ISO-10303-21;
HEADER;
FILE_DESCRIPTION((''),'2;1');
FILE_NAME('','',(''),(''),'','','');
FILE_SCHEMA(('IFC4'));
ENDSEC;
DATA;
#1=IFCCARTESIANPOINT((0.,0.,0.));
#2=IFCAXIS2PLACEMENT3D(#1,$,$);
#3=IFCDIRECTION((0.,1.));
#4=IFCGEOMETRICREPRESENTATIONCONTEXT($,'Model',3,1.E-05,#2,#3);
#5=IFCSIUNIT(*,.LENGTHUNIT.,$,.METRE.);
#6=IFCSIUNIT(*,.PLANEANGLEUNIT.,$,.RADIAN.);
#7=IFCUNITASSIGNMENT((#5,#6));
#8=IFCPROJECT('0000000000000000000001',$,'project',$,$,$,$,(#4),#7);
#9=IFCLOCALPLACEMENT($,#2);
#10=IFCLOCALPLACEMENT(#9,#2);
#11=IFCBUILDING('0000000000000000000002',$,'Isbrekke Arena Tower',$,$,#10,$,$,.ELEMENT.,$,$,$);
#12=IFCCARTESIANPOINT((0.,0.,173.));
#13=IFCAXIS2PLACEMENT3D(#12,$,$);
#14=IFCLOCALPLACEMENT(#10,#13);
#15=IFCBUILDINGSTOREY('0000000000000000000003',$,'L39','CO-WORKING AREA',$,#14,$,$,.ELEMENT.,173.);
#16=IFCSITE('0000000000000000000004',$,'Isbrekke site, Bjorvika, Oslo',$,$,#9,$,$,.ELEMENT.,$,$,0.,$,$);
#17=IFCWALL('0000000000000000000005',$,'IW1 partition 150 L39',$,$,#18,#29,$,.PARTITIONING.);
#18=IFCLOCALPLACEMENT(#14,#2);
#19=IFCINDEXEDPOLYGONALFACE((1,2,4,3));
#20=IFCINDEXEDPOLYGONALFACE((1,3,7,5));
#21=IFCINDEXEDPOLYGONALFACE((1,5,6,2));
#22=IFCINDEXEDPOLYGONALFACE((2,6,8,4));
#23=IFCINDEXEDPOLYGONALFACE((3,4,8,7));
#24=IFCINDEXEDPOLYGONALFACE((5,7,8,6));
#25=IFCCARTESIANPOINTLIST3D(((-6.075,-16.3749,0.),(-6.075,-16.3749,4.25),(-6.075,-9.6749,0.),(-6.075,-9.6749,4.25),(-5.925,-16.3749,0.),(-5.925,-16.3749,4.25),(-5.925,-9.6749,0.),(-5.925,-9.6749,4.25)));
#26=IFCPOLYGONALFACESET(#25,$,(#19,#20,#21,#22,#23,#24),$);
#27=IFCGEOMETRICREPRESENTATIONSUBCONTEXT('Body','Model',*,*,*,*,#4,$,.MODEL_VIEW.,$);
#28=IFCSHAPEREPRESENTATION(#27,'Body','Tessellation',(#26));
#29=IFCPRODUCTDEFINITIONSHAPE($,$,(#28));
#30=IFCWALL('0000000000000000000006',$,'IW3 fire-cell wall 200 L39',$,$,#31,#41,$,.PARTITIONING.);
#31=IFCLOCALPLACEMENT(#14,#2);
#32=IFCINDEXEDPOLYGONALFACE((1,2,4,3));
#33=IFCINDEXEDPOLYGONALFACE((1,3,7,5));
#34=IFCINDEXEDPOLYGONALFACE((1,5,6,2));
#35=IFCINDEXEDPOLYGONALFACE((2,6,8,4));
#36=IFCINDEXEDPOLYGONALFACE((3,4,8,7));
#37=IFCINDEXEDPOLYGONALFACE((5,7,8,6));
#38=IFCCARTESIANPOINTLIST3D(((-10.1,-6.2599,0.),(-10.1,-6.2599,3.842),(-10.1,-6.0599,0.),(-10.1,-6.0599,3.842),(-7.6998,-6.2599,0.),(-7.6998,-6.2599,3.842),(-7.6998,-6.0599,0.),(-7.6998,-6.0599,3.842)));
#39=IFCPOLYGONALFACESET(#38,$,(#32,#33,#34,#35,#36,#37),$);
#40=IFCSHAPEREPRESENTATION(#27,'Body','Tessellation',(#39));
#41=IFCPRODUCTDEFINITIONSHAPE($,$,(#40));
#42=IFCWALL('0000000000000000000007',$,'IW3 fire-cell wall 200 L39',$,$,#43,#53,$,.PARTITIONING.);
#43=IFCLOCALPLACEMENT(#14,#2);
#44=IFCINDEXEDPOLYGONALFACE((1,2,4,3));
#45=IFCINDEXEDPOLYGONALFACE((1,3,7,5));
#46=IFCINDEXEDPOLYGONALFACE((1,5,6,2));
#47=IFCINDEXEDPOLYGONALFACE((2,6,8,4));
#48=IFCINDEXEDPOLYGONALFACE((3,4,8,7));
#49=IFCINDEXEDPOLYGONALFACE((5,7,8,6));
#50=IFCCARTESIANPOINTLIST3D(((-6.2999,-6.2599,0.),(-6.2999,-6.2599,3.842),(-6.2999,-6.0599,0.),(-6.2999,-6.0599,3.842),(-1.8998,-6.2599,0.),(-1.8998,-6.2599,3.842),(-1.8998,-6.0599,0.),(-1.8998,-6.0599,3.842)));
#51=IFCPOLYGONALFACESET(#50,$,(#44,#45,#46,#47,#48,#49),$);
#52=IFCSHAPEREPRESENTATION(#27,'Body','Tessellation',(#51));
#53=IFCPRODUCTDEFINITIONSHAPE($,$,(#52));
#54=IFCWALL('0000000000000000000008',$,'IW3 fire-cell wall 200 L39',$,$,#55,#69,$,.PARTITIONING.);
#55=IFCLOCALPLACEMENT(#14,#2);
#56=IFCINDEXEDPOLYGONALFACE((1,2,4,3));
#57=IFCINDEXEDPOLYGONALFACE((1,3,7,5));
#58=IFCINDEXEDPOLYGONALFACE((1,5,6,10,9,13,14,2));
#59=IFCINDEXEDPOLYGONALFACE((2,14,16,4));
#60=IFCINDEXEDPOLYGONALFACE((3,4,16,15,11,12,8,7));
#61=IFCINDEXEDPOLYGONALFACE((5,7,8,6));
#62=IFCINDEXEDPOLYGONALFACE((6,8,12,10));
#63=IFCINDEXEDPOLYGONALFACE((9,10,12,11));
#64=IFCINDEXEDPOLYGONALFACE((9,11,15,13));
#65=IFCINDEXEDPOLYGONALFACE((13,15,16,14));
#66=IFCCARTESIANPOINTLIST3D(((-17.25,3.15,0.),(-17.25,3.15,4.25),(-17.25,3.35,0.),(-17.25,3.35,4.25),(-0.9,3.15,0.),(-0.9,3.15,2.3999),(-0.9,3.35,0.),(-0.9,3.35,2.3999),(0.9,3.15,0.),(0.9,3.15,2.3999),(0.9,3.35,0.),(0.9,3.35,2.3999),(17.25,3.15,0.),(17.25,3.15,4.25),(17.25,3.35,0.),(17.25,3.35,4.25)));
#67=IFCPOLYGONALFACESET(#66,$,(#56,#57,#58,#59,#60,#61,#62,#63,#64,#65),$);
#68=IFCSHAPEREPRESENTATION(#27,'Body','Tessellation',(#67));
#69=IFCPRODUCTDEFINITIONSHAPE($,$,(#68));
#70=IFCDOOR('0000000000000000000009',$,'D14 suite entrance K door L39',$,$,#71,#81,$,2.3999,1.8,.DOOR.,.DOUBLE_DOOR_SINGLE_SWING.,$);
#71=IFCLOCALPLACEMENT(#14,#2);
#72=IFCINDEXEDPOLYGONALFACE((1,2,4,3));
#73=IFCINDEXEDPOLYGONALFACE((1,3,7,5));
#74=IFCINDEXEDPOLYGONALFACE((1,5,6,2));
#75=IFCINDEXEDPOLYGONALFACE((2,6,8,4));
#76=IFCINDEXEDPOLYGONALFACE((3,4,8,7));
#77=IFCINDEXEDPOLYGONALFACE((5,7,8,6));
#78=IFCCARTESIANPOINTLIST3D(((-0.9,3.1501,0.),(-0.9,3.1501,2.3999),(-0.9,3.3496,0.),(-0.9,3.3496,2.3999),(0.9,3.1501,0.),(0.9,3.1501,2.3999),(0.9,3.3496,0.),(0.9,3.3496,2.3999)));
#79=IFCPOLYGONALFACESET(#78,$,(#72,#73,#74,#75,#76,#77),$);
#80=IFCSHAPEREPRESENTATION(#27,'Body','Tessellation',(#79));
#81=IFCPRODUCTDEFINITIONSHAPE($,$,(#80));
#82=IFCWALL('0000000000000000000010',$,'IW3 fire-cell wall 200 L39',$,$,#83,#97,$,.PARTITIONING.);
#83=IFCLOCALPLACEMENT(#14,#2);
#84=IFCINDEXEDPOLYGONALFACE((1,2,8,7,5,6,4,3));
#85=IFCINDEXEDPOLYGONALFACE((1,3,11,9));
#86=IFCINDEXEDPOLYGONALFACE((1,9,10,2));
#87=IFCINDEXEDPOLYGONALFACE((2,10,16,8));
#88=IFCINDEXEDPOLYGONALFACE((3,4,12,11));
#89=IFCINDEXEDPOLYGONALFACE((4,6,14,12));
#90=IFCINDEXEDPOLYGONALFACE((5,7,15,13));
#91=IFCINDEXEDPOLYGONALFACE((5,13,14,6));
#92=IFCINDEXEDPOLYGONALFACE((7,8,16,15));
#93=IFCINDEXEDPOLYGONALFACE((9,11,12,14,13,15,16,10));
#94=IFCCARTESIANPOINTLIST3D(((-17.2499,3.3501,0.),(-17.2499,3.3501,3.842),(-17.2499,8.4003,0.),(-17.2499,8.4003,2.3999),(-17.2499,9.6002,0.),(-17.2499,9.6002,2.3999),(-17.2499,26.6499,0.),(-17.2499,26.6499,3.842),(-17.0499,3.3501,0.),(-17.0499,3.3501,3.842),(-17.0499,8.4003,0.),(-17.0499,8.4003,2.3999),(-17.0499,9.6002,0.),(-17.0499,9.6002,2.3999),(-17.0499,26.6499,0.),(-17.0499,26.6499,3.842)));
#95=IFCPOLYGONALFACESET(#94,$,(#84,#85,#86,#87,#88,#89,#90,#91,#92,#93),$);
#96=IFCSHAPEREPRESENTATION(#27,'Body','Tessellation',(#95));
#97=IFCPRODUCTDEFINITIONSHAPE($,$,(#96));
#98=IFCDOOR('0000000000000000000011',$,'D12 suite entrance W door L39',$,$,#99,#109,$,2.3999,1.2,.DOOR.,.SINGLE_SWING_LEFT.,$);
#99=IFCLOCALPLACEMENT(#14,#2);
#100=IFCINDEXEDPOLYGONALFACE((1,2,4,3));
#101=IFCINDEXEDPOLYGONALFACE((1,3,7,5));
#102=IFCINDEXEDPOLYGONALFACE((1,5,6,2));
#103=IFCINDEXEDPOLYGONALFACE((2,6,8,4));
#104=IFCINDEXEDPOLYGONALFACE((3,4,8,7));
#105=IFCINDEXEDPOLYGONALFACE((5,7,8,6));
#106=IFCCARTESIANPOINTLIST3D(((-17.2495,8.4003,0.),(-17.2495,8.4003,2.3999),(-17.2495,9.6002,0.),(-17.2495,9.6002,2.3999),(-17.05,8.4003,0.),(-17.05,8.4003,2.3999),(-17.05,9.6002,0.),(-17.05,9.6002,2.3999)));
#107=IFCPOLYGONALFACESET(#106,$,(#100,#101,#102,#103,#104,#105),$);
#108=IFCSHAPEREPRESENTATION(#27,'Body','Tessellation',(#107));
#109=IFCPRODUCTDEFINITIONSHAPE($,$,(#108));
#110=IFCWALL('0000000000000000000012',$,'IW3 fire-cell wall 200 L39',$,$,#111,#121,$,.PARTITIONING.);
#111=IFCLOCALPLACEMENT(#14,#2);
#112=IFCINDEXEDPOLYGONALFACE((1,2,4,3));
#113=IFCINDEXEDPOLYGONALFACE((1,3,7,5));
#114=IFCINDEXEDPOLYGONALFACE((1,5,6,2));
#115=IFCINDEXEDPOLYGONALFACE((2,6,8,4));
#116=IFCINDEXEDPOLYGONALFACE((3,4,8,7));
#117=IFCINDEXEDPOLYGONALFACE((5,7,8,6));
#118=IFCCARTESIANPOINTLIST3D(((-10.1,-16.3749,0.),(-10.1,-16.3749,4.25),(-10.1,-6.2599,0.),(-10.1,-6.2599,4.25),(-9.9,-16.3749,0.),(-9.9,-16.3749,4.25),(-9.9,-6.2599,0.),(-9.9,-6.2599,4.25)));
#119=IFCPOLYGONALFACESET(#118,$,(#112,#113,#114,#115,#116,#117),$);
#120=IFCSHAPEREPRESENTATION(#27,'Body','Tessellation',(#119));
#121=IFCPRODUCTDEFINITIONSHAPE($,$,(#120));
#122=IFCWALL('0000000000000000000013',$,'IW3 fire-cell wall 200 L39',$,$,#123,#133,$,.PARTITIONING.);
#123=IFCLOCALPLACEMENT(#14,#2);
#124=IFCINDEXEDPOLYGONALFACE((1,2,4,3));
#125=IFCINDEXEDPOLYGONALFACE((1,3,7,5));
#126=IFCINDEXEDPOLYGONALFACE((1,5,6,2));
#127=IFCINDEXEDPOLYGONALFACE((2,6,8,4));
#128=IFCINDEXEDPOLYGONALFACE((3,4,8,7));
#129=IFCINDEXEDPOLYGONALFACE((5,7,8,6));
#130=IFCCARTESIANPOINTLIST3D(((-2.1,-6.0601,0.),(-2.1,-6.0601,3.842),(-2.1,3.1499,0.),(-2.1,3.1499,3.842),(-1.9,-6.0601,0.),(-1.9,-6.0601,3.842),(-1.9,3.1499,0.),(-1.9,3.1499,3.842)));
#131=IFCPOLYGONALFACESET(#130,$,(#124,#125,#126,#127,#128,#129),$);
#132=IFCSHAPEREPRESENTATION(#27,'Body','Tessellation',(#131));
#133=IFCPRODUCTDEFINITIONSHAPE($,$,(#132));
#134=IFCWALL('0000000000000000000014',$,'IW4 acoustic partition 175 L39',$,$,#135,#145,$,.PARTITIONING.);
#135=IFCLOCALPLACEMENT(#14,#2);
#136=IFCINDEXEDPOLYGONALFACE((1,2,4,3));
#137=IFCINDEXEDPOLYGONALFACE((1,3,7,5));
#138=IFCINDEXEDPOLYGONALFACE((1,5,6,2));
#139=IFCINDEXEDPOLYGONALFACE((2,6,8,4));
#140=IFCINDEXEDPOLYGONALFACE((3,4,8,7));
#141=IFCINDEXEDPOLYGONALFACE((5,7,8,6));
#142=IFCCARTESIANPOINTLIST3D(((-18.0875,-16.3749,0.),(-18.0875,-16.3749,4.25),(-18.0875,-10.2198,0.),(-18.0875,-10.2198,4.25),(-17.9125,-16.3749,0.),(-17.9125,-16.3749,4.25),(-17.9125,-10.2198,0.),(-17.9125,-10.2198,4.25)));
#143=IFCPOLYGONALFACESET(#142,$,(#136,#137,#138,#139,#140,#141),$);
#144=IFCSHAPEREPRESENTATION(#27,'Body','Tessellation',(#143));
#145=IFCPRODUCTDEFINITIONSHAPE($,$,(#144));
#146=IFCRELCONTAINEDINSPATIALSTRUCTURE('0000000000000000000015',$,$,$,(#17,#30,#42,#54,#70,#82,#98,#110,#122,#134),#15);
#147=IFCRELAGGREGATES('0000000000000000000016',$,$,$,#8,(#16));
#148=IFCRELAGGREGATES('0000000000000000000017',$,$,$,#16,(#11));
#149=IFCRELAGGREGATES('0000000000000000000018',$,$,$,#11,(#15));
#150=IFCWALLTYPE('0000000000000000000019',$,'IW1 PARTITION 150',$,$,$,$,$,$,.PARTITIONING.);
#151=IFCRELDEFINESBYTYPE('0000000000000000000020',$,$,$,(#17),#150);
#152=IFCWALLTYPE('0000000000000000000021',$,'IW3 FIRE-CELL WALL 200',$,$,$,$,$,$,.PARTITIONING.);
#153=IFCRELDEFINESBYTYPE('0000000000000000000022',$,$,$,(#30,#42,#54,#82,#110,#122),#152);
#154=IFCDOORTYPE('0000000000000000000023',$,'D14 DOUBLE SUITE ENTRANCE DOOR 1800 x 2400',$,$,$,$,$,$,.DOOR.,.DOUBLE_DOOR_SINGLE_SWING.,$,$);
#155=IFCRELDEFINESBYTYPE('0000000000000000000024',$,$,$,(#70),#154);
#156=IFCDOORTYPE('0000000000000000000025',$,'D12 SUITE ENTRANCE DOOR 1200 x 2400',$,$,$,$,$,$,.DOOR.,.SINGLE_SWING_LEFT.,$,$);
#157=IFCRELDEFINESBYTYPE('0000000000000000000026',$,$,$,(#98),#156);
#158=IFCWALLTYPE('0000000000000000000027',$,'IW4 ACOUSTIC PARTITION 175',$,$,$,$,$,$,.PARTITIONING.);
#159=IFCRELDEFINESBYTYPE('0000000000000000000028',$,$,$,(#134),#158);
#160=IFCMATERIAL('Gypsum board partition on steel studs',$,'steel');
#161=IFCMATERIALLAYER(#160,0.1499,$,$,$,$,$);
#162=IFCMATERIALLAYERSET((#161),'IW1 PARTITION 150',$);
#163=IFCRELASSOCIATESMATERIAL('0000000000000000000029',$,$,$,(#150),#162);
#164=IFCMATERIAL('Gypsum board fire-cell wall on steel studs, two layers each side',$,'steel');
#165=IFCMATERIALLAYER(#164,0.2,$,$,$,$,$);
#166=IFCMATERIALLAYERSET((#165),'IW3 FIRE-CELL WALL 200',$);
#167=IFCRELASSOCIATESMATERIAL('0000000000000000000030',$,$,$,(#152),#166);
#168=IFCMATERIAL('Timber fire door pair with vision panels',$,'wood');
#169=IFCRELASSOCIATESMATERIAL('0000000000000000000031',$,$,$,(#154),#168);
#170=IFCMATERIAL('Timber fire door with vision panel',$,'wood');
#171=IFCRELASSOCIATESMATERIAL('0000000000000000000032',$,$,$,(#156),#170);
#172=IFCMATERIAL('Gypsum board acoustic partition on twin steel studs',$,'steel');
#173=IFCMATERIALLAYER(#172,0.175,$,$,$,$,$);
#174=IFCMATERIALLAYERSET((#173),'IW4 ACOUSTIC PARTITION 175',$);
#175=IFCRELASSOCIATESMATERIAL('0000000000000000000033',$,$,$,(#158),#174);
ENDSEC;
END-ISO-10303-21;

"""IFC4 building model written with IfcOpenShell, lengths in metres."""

from ifc_helpers import new_model, si_unit, direction, frame, frame_2d, origin, place, context, subcontext, project, spatial, rectangle, extrude, material, layer, layer_set, type_object, element, fill, save


model = new_model("IFC4")

# Units and contexts
model_context = context("Model", 3, precision=1e-05, world=origin(), true_north=direction((0.0, 1.0)))
body_context = subcontext(model_context, "Body", "Model", "MODEL_VIEW")
ifc_project = project(units=[si_unit("LENGTHUNIT", "METRE"), si_unit("PLANEANGLEUNIT", "RADIAN")], contexts=[model_context])

# Site, building, storey
site_placement = place(None, origin())
site = spatial("IfcSite", under=ifc_project, at=site_placement, Name="Isbrekke site, Bjorvika, Oslo", CompositionType="ELEMENT", RefElevation=0.0)
building_placement = place(site_placement, origin())
building = spatial("IfcBuilding", under=site, at=building_placement, Name="Isbrekke Arena Tower", CompositionType="ELEMENT")
storey_placement = place(building_placement, frame((0.0, 0.0, 173.0)))
storey = spatial("IfcBuildingStorey", under=building, at=storey_placement, Name="L39", Description="CO-WORKING AREA", CompositionType="ELEMENT", Elevation=173.0)

# Shared definitions
ifc_material_1 = material(Name="Gypsum board partition on steel studs", Category="steel")
ifc_layer_1 = layer(ifc_material_1, 0.1499)
ifc_layer_set_1 = layer_set([ifc_layer_1], Name="IW1 PARTITION 150")
wall_type_1 = type_object("IfcWallType", Name="IW1 PARTITION 150", PredefinedType="PARTITIONING", material=ifc_layer_set_1)

# Walls
wall_1_placement = place(storey_placement, frame((-6.0, -16.375, 0.0), z_axis=(0.0, 0.0, 1.0), x_axis=(0.0, 1.0, 0.0)))
element("IfcWall", 1, at=wall_1_placement, inside=storey, type_object=wall_type_1, Name="IW1 partition 150 L39", PredefinedType="PARTITIONING", context=body_context, shape_type="SweptSolid", body=[
    extrude(rectangle(XDim=6.7, YDim=0.1499, at=frame_2d((3.3501, 0.0))), origin(), (0.0, 0.0, 1.0), 4.25),
])
ifc_material_2 = material(Name="Gypsum board fire-cell wall on steel studs, two layers each side", Category="steel")
ifc_layer_2 = layer(ifc_material_2, 0.2)
ifc_layer_set_2 = layer_set([ifc_layer_2], Name="IW3 FIRE-CELL WALL 200")
wall_type_2 = type_object("IfcWallType", Name="IW3 FIRE-CELL WALL 200", PredefinedType="PARTITIONING", material=ifc_layer_set_2)
wall_2_placement = place(storey_placement, frame((-10.1001, -6.1599, 0.0), z_axis=(0.0, 0.0, 1.0), x_axis=(1.0, 0.0, 0.0)))
element("IfcWall", 2, at=wall_2_placement, inside=storey, type_object=wall_type_2, Name="IW3 fire-cell wall 200 L39", PredefinedType="PARTITIONING", context=body_context, shape_type="SweptSolid", body=[
    extrude(rectangle(XDim=2.4001, YDim=0.2, at=frame_2d((1.2002, 0.0))), origin(), (0.0, 0.0, 1.0), 3.842),
])
wall_3_placement = place(storey_placement, frame((-6.3, -6.1599, 0.0), z_axis=(0.0, 0.0, 1.0), x_axis=(1.0, 0.0, 0.0)))
element("IfcWall", 3, at=wall_3_placement, inside=storey, type_object=wall_type_2, Name="IW3 fire-cell wall 200 L39", PredefinedType="PARTITIONING", context=body_context, shape_type="SweptSolid", body=[
    extrude(rectangle(XDim=4.4001, YDim=0.2, at=frame_2d((2.2002, 0.0))), origin(), (0.0, 0.0, 1.0), 3.842),
])

# Walls, openings, doors
wall_4_placement = place(storey_placement, frame((-17.25, 3.25, 0.0), z_axis=(0.0, 0.0, 1.0), x_axis=(1.0, 0.0, 0.0)))
wall_4 = element("IfcWall", 4, at=wall_4_placement, inside=storey, type_object=wall_type_2, Name="IW3 fire-cell wall 200 L39", PredefinedType="PARTITIONING", context=body_context, shape_type="SweptSolid", body=[
    extrude(rectangle(XDim=34.5, YDim=0.2, at=frame_2d((17.25, 0.0))), origin(), (0.0, 0.0, 1.0), 4.25),
])
opening_1_placement = place(wall_4_placement, frame((16.3501, 0.0, 0.0)))
opening_1 = element("IfcOpeningElement", 5, at=opening_1_placement, cuts=wall_4, PredefinedType="OPENING", context=body_context, shape_type="SweptSolid", body=[
    extrude(rectangle(XDim=1.8, YDim=2.3999, at=frame_2d((0.8999, 1.2))), frame((0.0, 0.1147, 0.0), z_axis=(0.0, -1.0, 0.0), x_axis=(1.0, 0.0, 0.0)), (0.0, 0.0, 1.0), 0.2297),
])
ifc_material_3 = material(Name="Timber fire door pair with vision panels", Category="wood")
door_type_1 = type_object("IfcDoorType", Name="D14 DOUBLE SUITE ENTRANCE DOOR 1800 x 2400", OperationType="DOUBLE_DOOR_SINGLE_SWING", PredefinedType="DOOR", material=ifc_material_3)
door_1_placement = place(opening_1_placement, origin())
door_1 = element("IfcDoor", 6, at=door_1_placement, inside=storey, type_object=door_type_1, Name="D14 suite entrance K door L39", OperationType="DOUBLE_DOOR_SINGLE_SWING", OverallHeight=2.3999, OverallWidth=1.8, PredefinedType="DOOR", context=body_context, shape_type="SweptSolid", body=[
    extrude(rectangle(XDim=1.8, YDim=2.3999, at=frame_2d((0.8999, 1.2))), frame((0.0, 0.0996, 0.0), z_axis=(0.0, -1.0, 0.0), x_axis=(1.0, 0.0, 0.0)), (0.0, 0.0, 1.0), 0.1995),
])
fill(opening_1, door_1)
wall_5_placement = place(storey_placement, frame((-17.1499, 3.3501, 0.0), z_axis=(0.0, 0.0, 1.0), x_axis=(0.0, 1.0, 0.0)))
wall_5 = element("IfcWall", 7, at=wall_5_placement, inside=storey, type_object=wall_type_2, Name="IW3 fire-cell wall 200 L39", PredefinedType="PARTITIONING", context=body_context, shape_type="SweptSolid", body=[
    extrude(rectangle(XDim=23.2998, YDim=0.2, at=frame_2d((11.6499, 0.0))), origin(), (0.0, 0.0, 1.0), 3.842),
])
opening_2_placement = place(wall_5_placement, frame((5.05, 0.0, 0.0)))
opening_2 = element("IfcOpeningElement", 8, at=opening_2_placement, cuts=wall_5, PredefinedType="OPENING", context=body_context, shape_type="SweptSolid", body=[
    extrude(rectangle(XDim=1.2, YDim=2.3999, at=frame_2d((0.6001, 1.2))), frame((0.0, 0.1147, 0.0), z_axis=(0.0, -1.0, 0.0), x_axis=(1.0, 0.0, 0.0)), (0.0, 0.0, 1.0), 0.2297),
])
ifc_material_4 = material(Name="Timber fire door with vision panel", Category="wood")
door_type_2 = type_object("IfcDoorType", Name="D12 SUITE ENTRANCE DOOR 1200 x 2400", OperationType="SINGLE_SWING_LEFT", PredefinedType="DOOR", material=ifc_material_4)
door_2_placement = place(opening_2_placement, origin())
door_2 = element("IfcDoor", 9, at=door_2_placement, inside=storey, type_object=door_type_2, Name="D12 suite entrance W door L39", OperationType="SINGLE_SWING_LEFT", OverallHeight=2.3999, OverallWidth=1.2, PredefinedType="DOOR", context=body_context, shape_type="SweptSolid", body=[
    extrude(rectangle(XDim=1.2, YDim=2.3999, at=frame_2d((0.6001, 1.2))), frame((0.0, 0.0996, 0.0), z_axis=(0.0, -1.0, 0.0), x_axis=(1.0, 0.0, 0.0)), (0.0, 0.0, 1.0), 0.1995),
])
fill(opening_2, door_2)

# Walls
wall_6_placement = place(storey_placement, frame((-10.0, -16.375, 0.0), z_axis=(0.0, 0.0, 1.0), x_axis=(0.0, 1.0, 0.0)))
element("IfcWall", 10, at=wall_6_placement, inside=storey, type_object=wall_type_2, Name="IW3 fire-cell wall 200 L39", PredefinedType="PARTITIONING", context=body_context, shape_type="SweptSolid", body=[
    extrude(rectangle(XDim=10.115, YDim=0.2, at=frame_2d((5.0576, 0.0))), origin(), (0.0, 0.0, 1.0), 4.25),
])
wall_7_placement = place(storey_placement, frame((-2.0, -6.0601, 0.0), z_axis=(0.0, 0.0, 1.0), x_axis=(0.0, 1.0, 0.0)))
element("IfcWall", 11, at=wall_7_placement, inside=storey, type_object=wall_type_2, Name="IW3 fire-cell wall 200 L39", PredefinedType="PARTITIONING", context=body_context, shape_type="SweptSolid", body=[
    extrude(rectangle(XDim=9.21, YDim=0.2, at=frame_2d((4.605, 0.0))), origin(), (0.0, 0.0, 1.0), 3.842),
])
ifc_material_5 = material(Name="Gypsum board acoustic partition on twin steel studs", Category="steel")
ifc_layer_3 = layer(ifc_material_5, 0.175)
ifc_layer_set_3 = layer_set([ifc_layer_3], Name="IW4 ACOUSTIC PARTITION 175")
wall_type_3 = type_object("IfcWallType", Name="IW4 ACOUSTIC PARTITION 175", PredefinedType="PARTITIONING", material=ifc_layer_set_3)
wall_8_placement = place(storey_placement, frame((-18.0, -16.375, 0.0), z_axis=(0.0, 0.0, 1.0), x_axis=(0.0, 1.0, 0.0)))
element("IfcWall", 12, at=wall_8_placement, inside=storey, type_object=wall_type_3, Name="IW4 acoustic partition 175 L39", PredefinedType="PARTITIONING", context=body_context, shape_type="SweptSolid", body=[
    extrude(rectangle(XDim=6.155, YDim=0.175, at=frame_2d((3.0776, 0.0))), origin(), (0.0, 0.0, 1.0), 4.25),
])

save(model, "model.ifc")
